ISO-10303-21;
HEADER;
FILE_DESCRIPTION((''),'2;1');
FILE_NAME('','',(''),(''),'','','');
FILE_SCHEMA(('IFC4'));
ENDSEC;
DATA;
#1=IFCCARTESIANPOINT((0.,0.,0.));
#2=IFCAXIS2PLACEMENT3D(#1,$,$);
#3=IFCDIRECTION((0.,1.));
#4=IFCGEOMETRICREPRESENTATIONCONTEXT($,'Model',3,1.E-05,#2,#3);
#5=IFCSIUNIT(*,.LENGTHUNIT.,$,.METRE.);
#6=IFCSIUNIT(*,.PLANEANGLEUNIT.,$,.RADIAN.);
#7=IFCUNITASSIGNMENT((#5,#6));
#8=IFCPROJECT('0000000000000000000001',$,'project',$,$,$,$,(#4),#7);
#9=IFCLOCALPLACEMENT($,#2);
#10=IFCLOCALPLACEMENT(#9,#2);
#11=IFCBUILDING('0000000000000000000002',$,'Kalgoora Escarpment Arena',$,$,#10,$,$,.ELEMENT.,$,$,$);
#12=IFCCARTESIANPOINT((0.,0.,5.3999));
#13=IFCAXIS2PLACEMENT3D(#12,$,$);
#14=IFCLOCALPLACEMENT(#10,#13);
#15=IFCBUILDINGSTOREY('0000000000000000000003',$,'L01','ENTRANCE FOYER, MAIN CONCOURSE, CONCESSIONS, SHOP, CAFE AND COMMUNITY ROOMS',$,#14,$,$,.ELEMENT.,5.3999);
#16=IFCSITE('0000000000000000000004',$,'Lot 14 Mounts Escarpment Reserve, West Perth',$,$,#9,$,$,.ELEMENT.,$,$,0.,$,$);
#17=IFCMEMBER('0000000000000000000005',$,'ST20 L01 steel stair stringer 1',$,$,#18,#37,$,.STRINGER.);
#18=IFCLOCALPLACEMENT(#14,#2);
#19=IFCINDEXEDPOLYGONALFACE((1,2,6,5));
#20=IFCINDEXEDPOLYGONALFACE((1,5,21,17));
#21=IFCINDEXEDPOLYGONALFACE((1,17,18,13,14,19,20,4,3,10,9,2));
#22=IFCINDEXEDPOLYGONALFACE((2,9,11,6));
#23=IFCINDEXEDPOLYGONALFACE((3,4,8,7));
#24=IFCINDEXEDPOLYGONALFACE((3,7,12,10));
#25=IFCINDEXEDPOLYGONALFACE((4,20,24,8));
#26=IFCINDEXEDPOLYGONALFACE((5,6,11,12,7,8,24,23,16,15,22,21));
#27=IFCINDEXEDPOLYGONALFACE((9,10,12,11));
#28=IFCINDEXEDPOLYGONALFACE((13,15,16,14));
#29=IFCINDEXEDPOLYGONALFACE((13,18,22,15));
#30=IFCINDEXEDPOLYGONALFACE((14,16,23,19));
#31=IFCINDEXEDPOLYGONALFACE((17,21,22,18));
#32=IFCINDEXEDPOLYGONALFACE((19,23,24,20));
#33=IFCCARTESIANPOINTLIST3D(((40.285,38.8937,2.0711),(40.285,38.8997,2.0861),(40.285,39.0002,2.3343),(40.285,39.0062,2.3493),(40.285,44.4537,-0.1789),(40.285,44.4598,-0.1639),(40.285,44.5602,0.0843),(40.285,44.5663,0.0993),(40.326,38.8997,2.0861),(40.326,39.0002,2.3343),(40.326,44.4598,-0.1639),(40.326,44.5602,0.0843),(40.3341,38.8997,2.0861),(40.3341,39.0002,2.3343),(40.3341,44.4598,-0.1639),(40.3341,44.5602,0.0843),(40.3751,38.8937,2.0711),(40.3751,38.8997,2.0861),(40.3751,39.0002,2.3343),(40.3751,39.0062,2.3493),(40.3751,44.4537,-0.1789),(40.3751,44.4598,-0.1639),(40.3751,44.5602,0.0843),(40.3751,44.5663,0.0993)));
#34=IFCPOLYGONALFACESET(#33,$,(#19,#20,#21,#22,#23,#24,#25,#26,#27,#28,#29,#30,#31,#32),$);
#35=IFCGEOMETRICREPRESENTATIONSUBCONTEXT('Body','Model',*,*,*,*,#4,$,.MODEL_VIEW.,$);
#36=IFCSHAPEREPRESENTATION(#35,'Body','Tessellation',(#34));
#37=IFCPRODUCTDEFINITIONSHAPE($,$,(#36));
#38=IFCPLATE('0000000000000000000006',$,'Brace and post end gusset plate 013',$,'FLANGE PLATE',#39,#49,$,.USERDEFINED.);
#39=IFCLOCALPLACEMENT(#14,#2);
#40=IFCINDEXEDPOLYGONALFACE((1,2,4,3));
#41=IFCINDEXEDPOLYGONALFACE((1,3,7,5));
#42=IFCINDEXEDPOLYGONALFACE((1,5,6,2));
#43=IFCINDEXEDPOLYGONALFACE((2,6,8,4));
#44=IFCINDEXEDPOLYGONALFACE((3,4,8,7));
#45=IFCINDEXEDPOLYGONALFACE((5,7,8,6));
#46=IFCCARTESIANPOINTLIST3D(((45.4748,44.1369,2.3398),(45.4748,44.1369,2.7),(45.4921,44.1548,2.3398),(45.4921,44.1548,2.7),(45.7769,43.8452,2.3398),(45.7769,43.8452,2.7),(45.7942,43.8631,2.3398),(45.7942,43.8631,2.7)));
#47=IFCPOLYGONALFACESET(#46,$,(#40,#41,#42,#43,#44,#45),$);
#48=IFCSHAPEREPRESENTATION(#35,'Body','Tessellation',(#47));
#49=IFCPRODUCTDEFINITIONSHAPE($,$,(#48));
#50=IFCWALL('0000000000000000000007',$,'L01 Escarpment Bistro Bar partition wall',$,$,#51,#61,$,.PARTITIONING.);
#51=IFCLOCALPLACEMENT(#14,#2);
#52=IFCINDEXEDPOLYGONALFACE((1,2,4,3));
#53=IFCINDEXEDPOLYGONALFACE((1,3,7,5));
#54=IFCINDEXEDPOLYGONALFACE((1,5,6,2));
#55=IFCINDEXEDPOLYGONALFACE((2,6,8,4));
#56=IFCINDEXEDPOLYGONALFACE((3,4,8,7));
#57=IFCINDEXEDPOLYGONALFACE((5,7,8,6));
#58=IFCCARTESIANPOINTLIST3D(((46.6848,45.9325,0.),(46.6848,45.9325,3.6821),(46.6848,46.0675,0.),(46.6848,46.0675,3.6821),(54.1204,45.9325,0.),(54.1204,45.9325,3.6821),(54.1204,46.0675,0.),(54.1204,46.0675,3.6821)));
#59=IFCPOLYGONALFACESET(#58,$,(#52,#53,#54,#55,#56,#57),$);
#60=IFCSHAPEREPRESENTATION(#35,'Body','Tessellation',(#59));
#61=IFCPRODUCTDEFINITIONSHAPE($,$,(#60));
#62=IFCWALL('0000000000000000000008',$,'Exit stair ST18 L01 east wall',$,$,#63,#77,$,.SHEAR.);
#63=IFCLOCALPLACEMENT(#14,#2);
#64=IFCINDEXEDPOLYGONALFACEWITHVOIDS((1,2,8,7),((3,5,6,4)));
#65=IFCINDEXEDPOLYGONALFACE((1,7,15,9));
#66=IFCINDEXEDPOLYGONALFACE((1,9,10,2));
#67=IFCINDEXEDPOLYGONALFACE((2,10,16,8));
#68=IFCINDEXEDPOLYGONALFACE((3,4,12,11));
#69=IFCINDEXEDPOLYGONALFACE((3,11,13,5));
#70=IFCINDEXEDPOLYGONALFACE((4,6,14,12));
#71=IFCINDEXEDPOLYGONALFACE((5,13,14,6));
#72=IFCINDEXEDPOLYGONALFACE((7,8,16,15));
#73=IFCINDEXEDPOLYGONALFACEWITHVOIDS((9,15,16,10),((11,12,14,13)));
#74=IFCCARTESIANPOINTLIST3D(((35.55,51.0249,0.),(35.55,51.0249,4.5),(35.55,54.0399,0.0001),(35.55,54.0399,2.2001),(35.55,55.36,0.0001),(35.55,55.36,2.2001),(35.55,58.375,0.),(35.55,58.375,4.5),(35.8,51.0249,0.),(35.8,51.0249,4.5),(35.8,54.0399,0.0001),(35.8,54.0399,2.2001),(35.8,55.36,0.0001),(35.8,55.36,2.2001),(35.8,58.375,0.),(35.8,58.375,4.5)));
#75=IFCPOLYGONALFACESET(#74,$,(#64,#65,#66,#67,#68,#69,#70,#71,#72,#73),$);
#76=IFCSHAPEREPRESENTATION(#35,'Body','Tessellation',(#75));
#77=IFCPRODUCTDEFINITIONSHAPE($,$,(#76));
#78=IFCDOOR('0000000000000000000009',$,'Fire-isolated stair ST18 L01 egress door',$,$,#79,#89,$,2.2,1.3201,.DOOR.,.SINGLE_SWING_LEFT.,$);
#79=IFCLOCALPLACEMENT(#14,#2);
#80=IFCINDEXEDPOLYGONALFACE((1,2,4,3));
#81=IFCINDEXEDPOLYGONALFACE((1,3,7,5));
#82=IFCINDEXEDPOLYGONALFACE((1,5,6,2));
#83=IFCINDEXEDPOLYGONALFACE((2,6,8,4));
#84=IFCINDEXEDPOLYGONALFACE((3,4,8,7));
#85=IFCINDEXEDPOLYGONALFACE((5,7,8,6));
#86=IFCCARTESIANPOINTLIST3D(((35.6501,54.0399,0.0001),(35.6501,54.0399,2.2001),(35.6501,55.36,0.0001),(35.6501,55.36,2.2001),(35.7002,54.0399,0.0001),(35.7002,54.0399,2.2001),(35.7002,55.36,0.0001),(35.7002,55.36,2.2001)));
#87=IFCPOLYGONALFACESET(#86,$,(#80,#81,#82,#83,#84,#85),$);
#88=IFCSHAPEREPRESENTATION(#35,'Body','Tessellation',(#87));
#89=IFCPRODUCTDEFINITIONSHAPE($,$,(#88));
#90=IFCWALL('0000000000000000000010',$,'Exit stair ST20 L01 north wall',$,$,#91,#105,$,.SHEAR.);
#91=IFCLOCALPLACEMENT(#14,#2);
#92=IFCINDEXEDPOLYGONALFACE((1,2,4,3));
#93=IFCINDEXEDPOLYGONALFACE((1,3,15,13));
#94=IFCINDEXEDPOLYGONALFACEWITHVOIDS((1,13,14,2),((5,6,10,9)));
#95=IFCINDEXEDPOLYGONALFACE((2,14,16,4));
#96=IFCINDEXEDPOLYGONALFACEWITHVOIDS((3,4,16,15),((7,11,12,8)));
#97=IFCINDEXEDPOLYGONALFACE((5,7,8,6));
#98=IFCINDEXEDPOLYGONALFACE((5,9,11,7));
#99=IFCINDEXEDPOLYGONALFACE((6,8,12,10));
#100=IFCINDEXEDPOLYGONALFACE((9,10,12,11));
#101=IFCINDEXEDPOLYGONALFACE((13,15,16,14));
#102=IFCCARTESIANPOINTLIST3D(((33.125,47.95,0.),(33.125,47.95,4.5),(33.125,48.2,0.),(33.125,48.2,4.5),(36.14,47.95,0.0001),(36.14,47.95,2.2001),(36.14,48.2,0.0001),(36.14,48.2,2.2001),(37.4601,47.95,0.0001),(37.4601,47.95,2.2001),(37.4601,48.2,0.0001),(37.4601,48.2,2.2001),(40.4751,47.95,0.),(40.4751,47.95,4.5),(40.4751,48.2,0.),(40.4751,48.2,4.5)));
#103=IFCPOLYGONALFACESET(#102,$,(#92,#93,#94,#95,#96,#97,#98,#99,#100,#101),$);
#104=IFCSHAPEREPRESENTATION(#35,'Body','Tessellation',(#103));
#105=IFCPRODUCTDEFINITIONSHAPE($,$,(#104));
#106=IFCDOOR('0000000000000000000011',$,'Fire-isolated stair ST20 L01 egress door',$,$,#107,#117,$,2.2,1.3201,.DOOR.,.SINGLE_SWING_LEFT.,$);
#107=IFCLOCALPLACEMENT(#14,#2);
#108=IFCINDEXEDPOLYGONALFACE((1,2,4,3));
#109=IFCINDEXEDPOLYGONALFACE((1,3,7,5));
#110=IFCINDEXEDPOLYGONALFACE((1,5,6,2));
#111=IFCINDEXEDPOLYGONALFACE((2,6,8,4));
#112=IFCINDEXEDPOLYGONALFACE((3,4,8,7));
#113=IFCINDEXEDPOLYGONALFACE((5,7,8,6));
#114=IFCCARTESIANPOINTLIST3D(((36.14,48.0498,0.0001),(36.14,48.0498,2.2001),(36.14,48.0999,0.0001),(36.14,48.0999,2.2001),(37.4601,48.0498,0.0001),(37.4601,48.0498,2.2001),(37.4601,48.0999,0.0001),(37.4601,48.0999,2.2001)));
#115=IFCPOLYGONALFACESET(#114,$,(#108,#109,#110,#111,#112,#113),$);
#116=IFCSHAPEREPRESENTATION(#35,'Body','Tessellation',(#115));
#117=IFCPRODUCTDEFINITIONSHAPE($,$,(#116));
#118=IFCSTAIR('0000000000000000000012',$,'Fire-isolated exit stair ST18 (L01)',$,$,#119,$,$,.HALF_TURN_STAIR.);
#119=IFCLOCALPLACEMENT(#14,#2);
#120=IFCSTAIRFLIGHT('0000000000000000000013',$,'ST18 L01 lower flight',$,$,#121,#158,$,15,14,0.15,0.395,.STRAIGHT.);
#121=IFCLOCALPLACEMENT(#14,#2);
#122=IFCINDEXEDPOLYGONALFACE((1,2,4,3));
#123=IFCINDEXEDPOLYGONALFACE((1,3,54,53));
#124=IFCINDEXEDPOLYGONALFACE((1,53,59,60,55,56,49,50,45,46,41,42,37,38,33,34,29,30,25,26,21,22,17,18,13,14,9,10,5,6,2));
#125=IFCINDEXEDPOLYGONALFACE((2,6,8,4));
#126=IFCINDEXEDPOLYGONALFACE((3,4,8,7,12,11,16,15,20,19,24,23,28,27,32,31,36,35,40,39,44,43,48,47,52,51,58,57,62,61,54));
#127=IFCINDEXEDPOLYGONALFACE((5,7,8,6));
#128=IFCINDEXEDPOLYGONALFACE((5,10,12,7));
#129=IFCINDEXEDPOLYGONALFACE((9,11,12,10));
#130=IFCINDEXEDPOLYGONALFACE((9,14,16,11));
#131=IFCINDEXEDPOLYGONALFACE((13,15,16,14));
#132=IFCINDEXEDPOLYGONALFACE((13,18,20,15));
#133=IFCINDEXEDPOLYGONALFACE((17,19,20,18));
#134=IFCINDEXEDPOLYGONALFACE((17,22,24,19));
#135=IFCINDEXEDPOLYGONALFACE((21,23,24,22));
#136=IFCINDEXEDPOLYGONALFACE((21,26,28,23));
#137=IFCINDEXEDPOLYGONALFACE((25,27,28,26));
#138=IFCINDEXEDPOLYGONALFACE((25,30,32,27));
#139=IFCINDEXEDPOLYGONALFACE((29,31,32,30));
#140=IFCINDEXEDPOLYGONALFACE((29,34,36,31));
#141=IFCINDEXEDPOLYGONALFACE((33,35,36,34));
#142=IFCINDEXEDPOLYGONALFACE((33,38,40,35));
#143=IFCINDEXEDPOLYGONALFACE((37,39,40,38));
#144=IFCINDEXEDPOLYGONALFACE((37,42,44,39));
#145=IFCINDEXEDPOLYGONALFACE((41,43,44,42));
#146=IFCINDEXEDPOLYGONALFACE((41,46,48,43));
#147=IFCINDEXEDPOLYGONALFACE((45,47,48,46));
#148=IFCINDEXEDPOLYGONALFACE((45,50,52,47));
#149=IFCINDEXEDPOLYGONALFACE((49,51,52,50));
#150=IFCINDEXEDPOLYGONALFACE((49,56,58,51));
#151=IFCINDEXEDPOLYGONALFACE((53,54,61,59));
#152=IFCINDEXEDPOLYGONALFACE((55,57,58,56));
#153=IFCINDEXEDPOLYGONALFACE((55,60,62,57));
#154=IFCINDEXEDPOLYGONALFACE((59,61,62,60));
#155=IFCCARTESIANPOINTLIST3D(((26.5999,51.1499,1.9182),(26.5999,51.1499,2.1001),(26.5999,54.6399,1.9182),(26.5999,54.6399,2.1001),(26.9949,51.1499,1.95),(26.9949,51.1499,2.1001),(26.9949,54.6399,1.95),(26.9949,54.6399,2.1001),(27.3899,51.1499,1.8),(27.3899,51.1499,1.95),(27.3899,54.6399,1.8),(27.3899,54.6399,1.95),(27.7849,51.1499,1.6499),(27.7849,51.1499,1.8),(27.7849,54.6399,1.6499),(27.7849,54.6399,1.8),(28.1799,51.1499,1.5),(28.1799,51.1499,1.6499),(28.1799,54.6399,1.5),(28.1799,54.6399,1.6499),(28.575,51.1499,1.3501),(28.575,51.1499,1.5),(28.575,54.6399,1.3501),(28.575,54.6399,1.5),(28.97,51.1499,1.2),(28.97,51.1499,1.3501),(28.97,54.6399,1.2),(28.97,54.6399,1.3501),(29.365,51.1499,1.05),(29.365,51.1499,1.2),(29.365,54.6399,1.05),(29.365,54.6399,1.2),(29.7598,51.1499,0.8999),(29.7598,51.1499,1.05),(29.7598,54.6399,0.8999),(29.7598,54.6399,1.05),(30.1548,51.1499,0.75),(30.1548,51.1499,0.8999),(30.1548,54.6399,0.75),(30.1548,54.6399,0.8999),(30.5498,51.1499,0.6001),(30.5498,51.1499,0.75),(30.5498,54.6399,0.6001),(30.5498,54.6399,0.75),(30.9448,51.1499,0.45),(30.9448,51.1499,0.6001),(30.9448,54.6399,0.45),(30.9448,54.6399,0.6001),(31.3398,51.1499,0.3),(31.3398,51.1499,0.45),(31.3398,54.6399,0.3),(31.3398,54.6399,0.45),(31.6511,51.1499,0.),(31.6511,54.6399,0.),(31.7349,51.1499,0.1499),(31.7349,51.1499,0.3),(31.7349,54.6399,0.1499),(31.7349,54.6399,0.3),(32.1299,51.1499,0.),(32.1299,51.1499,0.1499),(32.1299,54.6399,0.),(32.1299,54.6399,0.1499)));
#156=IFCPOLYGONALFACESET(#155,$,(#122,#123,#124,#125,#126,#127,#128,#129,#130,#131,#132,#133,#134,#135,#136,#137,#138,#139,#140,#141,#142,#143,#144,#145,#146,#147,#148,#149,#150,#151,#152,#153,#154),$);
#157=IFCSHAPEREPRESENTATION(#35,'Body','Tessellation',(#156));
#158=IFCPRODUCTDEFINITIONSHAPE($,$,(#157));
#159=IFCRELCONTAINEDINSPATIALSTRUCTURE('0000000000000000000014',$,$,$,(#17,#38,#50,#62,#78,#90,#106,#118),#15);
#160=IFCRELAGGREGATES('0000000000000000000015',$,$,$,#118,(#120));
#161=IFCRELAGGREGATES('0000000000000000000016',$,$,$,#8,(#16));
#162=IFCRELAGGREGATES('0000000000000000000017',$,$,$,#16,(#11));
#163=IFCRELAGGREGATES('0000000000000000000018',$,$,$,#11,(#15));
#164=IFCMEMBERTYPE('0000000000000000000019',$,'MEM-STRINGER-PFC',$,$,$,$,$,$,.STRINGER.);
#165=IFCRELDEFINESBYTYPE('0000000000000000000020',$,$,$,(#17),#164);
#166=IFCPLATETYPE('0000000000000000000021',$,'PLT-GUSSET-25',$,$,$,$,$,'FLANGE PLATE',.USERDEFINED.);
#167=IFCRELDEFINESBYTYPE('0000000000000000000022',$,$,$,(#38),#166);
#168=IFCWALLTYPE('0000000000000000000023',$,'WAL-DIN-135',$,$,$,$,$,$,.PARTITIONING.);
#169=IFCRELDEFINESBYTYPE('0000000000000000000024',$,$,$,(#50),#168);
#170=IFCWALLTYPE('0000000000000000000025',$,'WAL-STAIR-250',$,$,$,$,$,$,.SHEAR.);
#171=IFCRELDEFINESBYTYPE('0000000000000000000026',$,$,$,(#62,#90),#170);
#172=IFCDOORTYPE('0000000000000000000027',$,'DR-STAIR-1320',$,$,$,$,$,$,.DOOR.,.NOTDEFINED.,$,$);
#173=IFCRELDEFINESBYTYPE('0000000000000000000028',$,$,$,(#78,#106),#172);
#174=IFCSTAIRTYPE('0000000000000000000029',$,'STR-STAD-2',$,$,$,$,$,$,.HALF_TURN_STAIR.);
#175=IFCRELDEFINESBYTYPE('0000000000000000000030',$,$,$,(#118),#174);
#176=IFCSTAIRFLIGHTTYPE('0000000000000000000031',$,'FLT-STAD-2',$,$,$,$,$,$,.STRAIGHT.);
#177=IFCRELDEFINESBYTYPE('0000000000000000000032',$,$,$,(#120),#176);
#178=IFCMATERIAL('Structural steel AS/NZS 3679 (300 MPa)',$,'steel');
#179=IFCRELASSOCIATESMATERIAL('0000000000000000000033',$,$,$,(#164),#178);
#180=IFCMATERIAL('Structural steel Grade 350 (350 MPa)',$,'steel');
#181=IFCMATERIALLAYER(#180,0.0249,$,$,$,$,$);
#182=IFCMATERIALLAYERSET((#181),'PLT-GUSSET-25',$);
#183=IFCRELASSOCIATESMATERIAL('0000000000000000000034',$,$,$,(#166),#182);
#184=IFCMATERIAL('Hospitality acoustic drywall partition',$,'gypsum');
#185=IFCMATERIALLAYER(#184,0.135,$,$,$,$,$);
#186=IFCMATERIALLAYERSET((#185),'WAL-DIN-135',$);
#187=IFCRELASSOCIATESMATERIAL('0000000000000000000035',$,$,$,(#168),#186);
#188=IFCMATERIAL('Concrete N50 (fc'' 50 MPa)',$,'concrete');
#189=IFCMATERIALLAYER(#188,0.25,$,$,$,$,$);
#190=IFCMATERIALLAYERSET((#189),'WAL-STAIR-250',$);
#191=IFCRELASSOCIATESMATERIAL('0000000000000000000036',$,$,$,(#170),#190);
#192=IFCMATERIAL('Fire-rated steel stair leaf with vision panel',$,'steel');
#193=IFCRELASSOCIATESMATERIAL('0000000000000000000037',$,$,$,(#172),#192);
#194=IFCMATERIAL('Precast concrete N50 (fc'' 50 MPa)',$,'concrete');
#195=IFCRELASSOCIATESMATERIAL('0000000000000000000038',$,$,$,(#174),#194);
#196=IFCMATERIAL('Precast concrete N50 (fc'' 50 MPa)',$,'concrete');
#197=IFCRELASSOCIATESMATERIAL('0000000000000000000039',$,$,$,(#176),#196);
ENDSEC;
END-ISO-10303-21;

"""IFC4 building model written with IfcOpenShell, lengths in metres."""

from ifc_helpers import new_model, si_unit, direction, frame, frame_2d, origin, origin_2d, place, context, subcontext, project, spatial, polyline, rectangle, i_section, outline, extrude, material, layer, layer_set, material_profile, profile_set, type_object, element, fill, aggregate, save


model = new_model("IFC4")

# Units and contexts
model_context = context("Model", 3, precision=1e-05, world=origin(), true_north=direction((0.0, 1.0)))
body_context = subcontext(model_context, "Body", "Model", "MODEL_VIEW")
ifc_project = project(units=[si_unit("LENGTHUNIT", "METRE"), si_unit("PLANEANGLEUNIT", "RADIAN")], contexts=[model_context])

# Site, building, storey
site_placement = place(None, origin())
site = spatial("IfcSite", under=ifc_project, at=site_placement, Name="Lot 14 Mounts Escarpment Reserve, West Perth", CompositionType="ELEMENT", RefElevation=0.0)
building_placement = place(site_placement, origin())
building = spatial("IfcBuilding", under=site, at=building_placement, Name="Kalgoora Escarpment Arena", CompositionType="ELEMENT")
storey_placement = place(building_placement, frame((0.0, 0.0, 5.3999)))
storey = spatial("IfcBuildingStorey", under=building, at=storey_placement, Name="L01", Description="ENTRANCE FOYER, MAIN CONCOURSE, CONCESSIONS, SHOP, CAFE AND COMMUNITY ROOMS", CompositionType="ELEMENT", Elevation=5.3999)

# Member
ifc_material_1 = material(Name="Structural steel AS/NZS 3679 (300 MPa)", Category="steel")
ifc_material_profile_1 = material_profile(ifc_material_1, i_section(OverallWidth=0.0901, OverallDepth=0.3, WebThickness=0.0081, FlangeThickness=0.0161, at=origin_2d()))
ifc_profile_set_1 = profile_set([ifc_material_profile_1], Name="Structural steel AS/NZS 3679 (300 MPa)")
member_type_1 = type_object("IfcMemberType", Name="MEM-STRINGER-PFC", PredefinedType="STRINGER", material=ifc_profile_set_1)
for number, where, z_axis, x_axis, name in (
    (1, (40.3301, 44.51, -0.0398), (0.0, -0.926976, 0.375121), (1.0, 0.0, 0.0), "ST20 L01 steel stair stringer 1"),
):
    element("IfcMember", number, at=place(storey_placement, frame(where, z_axis=z_axis, x_axis=x_axis)), inside=storey, type_object=member_type_1, Name=name, PredefinedType="STRINGER", context=body_context, shape_type="SweptSolid", body=[
        extrude(i_section(OverallWidth=0.0901, OverallDepth=0.3, WebThickness=0.0081, FlangeThickness=0.0161, at=origin_2d()), origin(), (0.0, 0.0, 1.0), 5.998),
    ])

# Plate
ifc_material_2 = material(Name="Structural steel Grade 350 (350 MPa)", Category="steel")
ifc_layer_1 = layer(ifc_material_2, 0.0249)
ifc_layer_set_1 = layer_set([ifc_layer_1], Name="PLT-GUSSET-25")
plate_type = type_object("IfcPlateType", Name="PLT-GUSSET-25", ElementType="FLANGE PLATE", PredefinedType="USERDEFINED", material=ifc_layer_set_1)
plate_placement = place(storey_placement, frame((45.6345, 44.0, 2.3398), z_axis=(0.0, 0.0, 1.0), x_axis=(0.71934, -0.694658, 0.0)))
element("IfcPlate", 2, at=plate_placement, inside=storey, type_object=plate_type, Name="Brace and post end gusset plate 013", ObjectType="FLANGE PLATE", PredefinedType="USERDEFINED", context=body_context, shape_type="SweptSolid", body=[
    extrude(rectangle(XDim=0.4199, YDim=0.0249, at=origin_2d()), origin(), (0.0, 0.0, 1.0), 0.3601),
])

# Wall
ifc_material_3 = material(Name="Hospitality acoustic drywall partition", Category="gypsum")
ifc_layer_2 = layer(ifc_material_3, 0.135)
ifc_layer_set_2 = layer_set([ifc_layer_2], Name="WAL-DIN-135")
wall_type_1 = type_object("IfcWallType", Name="WAL-DIN-135", PredefinedType="PARTITIONING", material=ifc_layer_set_2)
wall_1_placement = place(storey_placement, frame((46.6848, 46.0, 0.0), z_axis=(0.0, 0.0, 1.0), x_axis=(1.0, 0.0, 0.0)))
element("IfcWall", 3, at=wall_1_placement, inside=storey, type_object=wall_type_1, Name="L01 Escarpment Bistro Bar partition wall", PredefinedType="PARTITIONING", context=body_context, shape_type="SweptSolid", body=[
    extrude(rectangle(XDim=7.4355, YDim=0.135, at=frame_2d((3.7178, 0.0))), origin(), (0.0, 0.0, 1.0), 3.6821),
])

# Walls, openings, doors
ifc_material_4 = material(Name="Concrete N50 (fc' 50 MPa)", Category="concrete")
ifc_layer_3 = layer(ifc_material_4, 0.25)
ifc_layer_set_3 = layer_set([ifc_layer_3], Name="WAL-STAIR-250")
wall_type_2 = type_object("IfcWallType", Name="WAL-STAIR-250", PredefinedType="SHEAR", material=ifc_layer_set_3)
wall_2_placement = place(storey_placement, frame((35.675, 51.0249, 0.0), z_axis=(0.0, 0.0, 1.0), x_axis=(0.0, 1.0, 0.0)))
wall_2 = element("IfcWall", 4, at=wall_2_placement, inside=storey, type_object=wall_type_2, Name="Exit stair ST18 L01 east wall", PredefinedType="SHEAR", context=body_context, shape_type="SweptSolid", body=[
    extrude(rectangle(XDim=7.3501, YDim=0.25, at=frame_2d((3.675, 0.0))), origin(), (0.0, 0.0, 1.0), 4.5),
])
opening_1_placement = place(wall_2_placement, frame((3.0149, 0.0, 0.0)))
opening_1 = element("IfcOpeningElement", 5, at=opening_1_placement, cuts=wall_2, PredefinedType="OPENING", context=body_context, shape_type="SweptSolid", body=[
    extrude(rectangle(XDim=1.3201, YDim=2.2, at=frame_2d((0.6602, 1.1001))), frame((0.0, 0.135, 0.0), z_axis=(0.0, -1.0, 0.0), x_axis=(1.0, 0.0, 0.0)), (0.0, 0.0, 1.0), 0.27),
])
ifc_material_5 = material(Name="Fire-rated steel stair leaf with vision panel", Category="steel")
door_type = type_object("IfcDoorType", Name="DR-STAIR-1320", OperationType="NOTDEFINED", PredefinedType="DOOR", material=ifc_material_5)
door_1_placement = place(opening_1_placement, origin())
door_1 = element("IfcDoor", 6, at=door_1_placement, inside=storey, type_object=door_type, Name="Fire-isolated stair ST18 L01 egress door", OperationType="SINGLE_SWING_LEFT", OverallHeight=2.2, OverallWidth=1.3201, PredefinedType="DOOR", context=body_context, shape_type="SweptSolid", body=[
    extrude(rectangle(XDim=1.3201, YDim=2.2, at=frame_2d((0.6602, 1.1001))), frame((0.0, 0.0249, 0.0), z_axis=(0.0, -1.0, 0.0), x_axis=(1.0, 0.0, 0.0)), (0.0, 0.0, 1.0), 0.05),
])
fill(opening_1, door_1)
wall_3_placement = place(storey_placement, frame((33.125, 48.075, 0.0), z_axis=(0.0, 0.0, 1.0), x_axis=(1.0, 0.0, 0.0)))
wall_3 = element("IfcWall", 7, at=wall_3_placement, inside=storey, type_object=wall_type_2, Name="Exit stair ST20 L01 north wall", PredefinedType="SHEAR", context=body_context, shape_type="SweptSolid", body=[
    extrude(rectangle(XDim=7.3501, YDim=0.25, at=frame_2d((3.675, 0.0))), origin(), (0.0, 0.0, 1.0), 4.5),
])
opening_2_placement = place(wall_3_placement, frame((3.0149, 0.0, 0.0)))
opening_2 = element("IfcOpeningElement", 8, at=opening_2_placement, cuts=wall_3, PredefinedType="OPENING", context=body_context, shape_type="SweptSolid", body=[
    extrude(rectangle(XDim=1.3201, YDim=2.2, at=frame_2d((0.6602, 1.1001))), frame((0.0, 0.135, 0.0), z_axis=(0.0, -1.0, 0.0), x_axis=(1.0, 0.0, 0.0)), (0.0, 0.0, 1.0), 0.27),
])
door_2_placement = place(opening_2_placement, origin())
door_2 = element("IfcDoor", 9, at=door_2_placement, inside=storey, type_object=door_type, Name="Fire-isolated stair ST20 L01 egress door", OperationType="SINGLE_SWING_LEFT", OverallHeight=2.2, OverallWidth=1.3201, PredefinedType="DOOR", context=body_context, shape_type="SweptSolid", body=[
    extrude(rectangle(XDim=1.3201, YDim=2.2, at=frame_2d((0.6602, 1.1001))), frame((0.0, 0.0249, 0.0), z_axis=(0.0, -1.0, 0.0), x_axis=(1.0, 0.0, 0.0)), (0.0, 0.0, 1.0), 0.05),
])
fill(opening_2, door_2)

# Stair, stair flight
ifc_material_6 = material(Name="Precast concrete N50 (fc' 50 MPa)", Category="concrete")
stair_type_1 = type_object("IfcStairType", Name="STR-STAD-2", PredefinedType="HALF_TURN_STAIR", material=ifc_material_6)
stair_1_placement = place(storey_placement, origin())
stair_1 = element("IfcStair", 10, at=stair_1_placement, inside=storey, type_object=stair_type_1, Name="Fire-isolated exit stair ST18 (L01)", PredefinedType="HALF_TURN_STAIR")
ifc_material_7 = material(Name="Precast concrete N50 (fc' 50 MPa)", Category="concrete")
stair_flight_type_1 = type_object("IfcStairFlightType", Name="FLT-STAD-2", PredefinedType="STRAIGHT", material=ifc_material_7)
stair_flight_1_placement = place(storey_placement, frame((32.1299, 52.895, 0.0), z_axis=(0.0, 0.0, 1.0), x_axis=(-1.0, 0.0, 0.0)))
stair_flight_1 = element("IfcStairFlight", 11, at=stair_flight_1_placement, type_object=stair_flight_type_1, Name="ST18 L01 lower flight", NumberOfRisers=15, NumberOfTreads=14, PredefinedType="STRAIGHT", RiserHeight=0.15, TreadLength=0.395, context=body_context, shape_type="SweptSolid", body=[
    extrude(outline(polyline([(0.0, 0.0), (0.0, 0.1499), (0.395, 0.1499), (0.395, 0.3), (0.79, 0.3), (0.79, 0.45), (1.1851, 0.45), (1.1851, 0.6001), (1.5801, 0.6001), (1.5801, 0.75), (1.9751, 0.75), (1.9751, 0.8999), (2.3701, 0.8999), (2.3701, 1.05), (2.7649, 1.05), (2.7649, 1.2), (3.1599, 1.2), (3.1599, 1.3501), (3.5549, 1.3501), (3.5549, 1.5), (3.95, 1.5), (3.95, 1.6499), (4.345, 1.6499), (4.345, 1.8), (4.74, 1.8), (4.74, 1.95), (5.135, 1.95), (5.135, 2.1001), (5.53, 2.1001), (5.53, 2.25), (5.53, 1.9182), (0.4788, 0.0), (0.0, 0.0)])), frame((0.0, 1.7451, 0.0), z_axis=(0.0, -1.0, 0.0), x_axis=(1.0, 0.0, 0.0)), (0.0, 0.0, 1.0), 3.49),
])
aggregate(stair_1, [stair_flight_1])

save(model, "model.ifc")
